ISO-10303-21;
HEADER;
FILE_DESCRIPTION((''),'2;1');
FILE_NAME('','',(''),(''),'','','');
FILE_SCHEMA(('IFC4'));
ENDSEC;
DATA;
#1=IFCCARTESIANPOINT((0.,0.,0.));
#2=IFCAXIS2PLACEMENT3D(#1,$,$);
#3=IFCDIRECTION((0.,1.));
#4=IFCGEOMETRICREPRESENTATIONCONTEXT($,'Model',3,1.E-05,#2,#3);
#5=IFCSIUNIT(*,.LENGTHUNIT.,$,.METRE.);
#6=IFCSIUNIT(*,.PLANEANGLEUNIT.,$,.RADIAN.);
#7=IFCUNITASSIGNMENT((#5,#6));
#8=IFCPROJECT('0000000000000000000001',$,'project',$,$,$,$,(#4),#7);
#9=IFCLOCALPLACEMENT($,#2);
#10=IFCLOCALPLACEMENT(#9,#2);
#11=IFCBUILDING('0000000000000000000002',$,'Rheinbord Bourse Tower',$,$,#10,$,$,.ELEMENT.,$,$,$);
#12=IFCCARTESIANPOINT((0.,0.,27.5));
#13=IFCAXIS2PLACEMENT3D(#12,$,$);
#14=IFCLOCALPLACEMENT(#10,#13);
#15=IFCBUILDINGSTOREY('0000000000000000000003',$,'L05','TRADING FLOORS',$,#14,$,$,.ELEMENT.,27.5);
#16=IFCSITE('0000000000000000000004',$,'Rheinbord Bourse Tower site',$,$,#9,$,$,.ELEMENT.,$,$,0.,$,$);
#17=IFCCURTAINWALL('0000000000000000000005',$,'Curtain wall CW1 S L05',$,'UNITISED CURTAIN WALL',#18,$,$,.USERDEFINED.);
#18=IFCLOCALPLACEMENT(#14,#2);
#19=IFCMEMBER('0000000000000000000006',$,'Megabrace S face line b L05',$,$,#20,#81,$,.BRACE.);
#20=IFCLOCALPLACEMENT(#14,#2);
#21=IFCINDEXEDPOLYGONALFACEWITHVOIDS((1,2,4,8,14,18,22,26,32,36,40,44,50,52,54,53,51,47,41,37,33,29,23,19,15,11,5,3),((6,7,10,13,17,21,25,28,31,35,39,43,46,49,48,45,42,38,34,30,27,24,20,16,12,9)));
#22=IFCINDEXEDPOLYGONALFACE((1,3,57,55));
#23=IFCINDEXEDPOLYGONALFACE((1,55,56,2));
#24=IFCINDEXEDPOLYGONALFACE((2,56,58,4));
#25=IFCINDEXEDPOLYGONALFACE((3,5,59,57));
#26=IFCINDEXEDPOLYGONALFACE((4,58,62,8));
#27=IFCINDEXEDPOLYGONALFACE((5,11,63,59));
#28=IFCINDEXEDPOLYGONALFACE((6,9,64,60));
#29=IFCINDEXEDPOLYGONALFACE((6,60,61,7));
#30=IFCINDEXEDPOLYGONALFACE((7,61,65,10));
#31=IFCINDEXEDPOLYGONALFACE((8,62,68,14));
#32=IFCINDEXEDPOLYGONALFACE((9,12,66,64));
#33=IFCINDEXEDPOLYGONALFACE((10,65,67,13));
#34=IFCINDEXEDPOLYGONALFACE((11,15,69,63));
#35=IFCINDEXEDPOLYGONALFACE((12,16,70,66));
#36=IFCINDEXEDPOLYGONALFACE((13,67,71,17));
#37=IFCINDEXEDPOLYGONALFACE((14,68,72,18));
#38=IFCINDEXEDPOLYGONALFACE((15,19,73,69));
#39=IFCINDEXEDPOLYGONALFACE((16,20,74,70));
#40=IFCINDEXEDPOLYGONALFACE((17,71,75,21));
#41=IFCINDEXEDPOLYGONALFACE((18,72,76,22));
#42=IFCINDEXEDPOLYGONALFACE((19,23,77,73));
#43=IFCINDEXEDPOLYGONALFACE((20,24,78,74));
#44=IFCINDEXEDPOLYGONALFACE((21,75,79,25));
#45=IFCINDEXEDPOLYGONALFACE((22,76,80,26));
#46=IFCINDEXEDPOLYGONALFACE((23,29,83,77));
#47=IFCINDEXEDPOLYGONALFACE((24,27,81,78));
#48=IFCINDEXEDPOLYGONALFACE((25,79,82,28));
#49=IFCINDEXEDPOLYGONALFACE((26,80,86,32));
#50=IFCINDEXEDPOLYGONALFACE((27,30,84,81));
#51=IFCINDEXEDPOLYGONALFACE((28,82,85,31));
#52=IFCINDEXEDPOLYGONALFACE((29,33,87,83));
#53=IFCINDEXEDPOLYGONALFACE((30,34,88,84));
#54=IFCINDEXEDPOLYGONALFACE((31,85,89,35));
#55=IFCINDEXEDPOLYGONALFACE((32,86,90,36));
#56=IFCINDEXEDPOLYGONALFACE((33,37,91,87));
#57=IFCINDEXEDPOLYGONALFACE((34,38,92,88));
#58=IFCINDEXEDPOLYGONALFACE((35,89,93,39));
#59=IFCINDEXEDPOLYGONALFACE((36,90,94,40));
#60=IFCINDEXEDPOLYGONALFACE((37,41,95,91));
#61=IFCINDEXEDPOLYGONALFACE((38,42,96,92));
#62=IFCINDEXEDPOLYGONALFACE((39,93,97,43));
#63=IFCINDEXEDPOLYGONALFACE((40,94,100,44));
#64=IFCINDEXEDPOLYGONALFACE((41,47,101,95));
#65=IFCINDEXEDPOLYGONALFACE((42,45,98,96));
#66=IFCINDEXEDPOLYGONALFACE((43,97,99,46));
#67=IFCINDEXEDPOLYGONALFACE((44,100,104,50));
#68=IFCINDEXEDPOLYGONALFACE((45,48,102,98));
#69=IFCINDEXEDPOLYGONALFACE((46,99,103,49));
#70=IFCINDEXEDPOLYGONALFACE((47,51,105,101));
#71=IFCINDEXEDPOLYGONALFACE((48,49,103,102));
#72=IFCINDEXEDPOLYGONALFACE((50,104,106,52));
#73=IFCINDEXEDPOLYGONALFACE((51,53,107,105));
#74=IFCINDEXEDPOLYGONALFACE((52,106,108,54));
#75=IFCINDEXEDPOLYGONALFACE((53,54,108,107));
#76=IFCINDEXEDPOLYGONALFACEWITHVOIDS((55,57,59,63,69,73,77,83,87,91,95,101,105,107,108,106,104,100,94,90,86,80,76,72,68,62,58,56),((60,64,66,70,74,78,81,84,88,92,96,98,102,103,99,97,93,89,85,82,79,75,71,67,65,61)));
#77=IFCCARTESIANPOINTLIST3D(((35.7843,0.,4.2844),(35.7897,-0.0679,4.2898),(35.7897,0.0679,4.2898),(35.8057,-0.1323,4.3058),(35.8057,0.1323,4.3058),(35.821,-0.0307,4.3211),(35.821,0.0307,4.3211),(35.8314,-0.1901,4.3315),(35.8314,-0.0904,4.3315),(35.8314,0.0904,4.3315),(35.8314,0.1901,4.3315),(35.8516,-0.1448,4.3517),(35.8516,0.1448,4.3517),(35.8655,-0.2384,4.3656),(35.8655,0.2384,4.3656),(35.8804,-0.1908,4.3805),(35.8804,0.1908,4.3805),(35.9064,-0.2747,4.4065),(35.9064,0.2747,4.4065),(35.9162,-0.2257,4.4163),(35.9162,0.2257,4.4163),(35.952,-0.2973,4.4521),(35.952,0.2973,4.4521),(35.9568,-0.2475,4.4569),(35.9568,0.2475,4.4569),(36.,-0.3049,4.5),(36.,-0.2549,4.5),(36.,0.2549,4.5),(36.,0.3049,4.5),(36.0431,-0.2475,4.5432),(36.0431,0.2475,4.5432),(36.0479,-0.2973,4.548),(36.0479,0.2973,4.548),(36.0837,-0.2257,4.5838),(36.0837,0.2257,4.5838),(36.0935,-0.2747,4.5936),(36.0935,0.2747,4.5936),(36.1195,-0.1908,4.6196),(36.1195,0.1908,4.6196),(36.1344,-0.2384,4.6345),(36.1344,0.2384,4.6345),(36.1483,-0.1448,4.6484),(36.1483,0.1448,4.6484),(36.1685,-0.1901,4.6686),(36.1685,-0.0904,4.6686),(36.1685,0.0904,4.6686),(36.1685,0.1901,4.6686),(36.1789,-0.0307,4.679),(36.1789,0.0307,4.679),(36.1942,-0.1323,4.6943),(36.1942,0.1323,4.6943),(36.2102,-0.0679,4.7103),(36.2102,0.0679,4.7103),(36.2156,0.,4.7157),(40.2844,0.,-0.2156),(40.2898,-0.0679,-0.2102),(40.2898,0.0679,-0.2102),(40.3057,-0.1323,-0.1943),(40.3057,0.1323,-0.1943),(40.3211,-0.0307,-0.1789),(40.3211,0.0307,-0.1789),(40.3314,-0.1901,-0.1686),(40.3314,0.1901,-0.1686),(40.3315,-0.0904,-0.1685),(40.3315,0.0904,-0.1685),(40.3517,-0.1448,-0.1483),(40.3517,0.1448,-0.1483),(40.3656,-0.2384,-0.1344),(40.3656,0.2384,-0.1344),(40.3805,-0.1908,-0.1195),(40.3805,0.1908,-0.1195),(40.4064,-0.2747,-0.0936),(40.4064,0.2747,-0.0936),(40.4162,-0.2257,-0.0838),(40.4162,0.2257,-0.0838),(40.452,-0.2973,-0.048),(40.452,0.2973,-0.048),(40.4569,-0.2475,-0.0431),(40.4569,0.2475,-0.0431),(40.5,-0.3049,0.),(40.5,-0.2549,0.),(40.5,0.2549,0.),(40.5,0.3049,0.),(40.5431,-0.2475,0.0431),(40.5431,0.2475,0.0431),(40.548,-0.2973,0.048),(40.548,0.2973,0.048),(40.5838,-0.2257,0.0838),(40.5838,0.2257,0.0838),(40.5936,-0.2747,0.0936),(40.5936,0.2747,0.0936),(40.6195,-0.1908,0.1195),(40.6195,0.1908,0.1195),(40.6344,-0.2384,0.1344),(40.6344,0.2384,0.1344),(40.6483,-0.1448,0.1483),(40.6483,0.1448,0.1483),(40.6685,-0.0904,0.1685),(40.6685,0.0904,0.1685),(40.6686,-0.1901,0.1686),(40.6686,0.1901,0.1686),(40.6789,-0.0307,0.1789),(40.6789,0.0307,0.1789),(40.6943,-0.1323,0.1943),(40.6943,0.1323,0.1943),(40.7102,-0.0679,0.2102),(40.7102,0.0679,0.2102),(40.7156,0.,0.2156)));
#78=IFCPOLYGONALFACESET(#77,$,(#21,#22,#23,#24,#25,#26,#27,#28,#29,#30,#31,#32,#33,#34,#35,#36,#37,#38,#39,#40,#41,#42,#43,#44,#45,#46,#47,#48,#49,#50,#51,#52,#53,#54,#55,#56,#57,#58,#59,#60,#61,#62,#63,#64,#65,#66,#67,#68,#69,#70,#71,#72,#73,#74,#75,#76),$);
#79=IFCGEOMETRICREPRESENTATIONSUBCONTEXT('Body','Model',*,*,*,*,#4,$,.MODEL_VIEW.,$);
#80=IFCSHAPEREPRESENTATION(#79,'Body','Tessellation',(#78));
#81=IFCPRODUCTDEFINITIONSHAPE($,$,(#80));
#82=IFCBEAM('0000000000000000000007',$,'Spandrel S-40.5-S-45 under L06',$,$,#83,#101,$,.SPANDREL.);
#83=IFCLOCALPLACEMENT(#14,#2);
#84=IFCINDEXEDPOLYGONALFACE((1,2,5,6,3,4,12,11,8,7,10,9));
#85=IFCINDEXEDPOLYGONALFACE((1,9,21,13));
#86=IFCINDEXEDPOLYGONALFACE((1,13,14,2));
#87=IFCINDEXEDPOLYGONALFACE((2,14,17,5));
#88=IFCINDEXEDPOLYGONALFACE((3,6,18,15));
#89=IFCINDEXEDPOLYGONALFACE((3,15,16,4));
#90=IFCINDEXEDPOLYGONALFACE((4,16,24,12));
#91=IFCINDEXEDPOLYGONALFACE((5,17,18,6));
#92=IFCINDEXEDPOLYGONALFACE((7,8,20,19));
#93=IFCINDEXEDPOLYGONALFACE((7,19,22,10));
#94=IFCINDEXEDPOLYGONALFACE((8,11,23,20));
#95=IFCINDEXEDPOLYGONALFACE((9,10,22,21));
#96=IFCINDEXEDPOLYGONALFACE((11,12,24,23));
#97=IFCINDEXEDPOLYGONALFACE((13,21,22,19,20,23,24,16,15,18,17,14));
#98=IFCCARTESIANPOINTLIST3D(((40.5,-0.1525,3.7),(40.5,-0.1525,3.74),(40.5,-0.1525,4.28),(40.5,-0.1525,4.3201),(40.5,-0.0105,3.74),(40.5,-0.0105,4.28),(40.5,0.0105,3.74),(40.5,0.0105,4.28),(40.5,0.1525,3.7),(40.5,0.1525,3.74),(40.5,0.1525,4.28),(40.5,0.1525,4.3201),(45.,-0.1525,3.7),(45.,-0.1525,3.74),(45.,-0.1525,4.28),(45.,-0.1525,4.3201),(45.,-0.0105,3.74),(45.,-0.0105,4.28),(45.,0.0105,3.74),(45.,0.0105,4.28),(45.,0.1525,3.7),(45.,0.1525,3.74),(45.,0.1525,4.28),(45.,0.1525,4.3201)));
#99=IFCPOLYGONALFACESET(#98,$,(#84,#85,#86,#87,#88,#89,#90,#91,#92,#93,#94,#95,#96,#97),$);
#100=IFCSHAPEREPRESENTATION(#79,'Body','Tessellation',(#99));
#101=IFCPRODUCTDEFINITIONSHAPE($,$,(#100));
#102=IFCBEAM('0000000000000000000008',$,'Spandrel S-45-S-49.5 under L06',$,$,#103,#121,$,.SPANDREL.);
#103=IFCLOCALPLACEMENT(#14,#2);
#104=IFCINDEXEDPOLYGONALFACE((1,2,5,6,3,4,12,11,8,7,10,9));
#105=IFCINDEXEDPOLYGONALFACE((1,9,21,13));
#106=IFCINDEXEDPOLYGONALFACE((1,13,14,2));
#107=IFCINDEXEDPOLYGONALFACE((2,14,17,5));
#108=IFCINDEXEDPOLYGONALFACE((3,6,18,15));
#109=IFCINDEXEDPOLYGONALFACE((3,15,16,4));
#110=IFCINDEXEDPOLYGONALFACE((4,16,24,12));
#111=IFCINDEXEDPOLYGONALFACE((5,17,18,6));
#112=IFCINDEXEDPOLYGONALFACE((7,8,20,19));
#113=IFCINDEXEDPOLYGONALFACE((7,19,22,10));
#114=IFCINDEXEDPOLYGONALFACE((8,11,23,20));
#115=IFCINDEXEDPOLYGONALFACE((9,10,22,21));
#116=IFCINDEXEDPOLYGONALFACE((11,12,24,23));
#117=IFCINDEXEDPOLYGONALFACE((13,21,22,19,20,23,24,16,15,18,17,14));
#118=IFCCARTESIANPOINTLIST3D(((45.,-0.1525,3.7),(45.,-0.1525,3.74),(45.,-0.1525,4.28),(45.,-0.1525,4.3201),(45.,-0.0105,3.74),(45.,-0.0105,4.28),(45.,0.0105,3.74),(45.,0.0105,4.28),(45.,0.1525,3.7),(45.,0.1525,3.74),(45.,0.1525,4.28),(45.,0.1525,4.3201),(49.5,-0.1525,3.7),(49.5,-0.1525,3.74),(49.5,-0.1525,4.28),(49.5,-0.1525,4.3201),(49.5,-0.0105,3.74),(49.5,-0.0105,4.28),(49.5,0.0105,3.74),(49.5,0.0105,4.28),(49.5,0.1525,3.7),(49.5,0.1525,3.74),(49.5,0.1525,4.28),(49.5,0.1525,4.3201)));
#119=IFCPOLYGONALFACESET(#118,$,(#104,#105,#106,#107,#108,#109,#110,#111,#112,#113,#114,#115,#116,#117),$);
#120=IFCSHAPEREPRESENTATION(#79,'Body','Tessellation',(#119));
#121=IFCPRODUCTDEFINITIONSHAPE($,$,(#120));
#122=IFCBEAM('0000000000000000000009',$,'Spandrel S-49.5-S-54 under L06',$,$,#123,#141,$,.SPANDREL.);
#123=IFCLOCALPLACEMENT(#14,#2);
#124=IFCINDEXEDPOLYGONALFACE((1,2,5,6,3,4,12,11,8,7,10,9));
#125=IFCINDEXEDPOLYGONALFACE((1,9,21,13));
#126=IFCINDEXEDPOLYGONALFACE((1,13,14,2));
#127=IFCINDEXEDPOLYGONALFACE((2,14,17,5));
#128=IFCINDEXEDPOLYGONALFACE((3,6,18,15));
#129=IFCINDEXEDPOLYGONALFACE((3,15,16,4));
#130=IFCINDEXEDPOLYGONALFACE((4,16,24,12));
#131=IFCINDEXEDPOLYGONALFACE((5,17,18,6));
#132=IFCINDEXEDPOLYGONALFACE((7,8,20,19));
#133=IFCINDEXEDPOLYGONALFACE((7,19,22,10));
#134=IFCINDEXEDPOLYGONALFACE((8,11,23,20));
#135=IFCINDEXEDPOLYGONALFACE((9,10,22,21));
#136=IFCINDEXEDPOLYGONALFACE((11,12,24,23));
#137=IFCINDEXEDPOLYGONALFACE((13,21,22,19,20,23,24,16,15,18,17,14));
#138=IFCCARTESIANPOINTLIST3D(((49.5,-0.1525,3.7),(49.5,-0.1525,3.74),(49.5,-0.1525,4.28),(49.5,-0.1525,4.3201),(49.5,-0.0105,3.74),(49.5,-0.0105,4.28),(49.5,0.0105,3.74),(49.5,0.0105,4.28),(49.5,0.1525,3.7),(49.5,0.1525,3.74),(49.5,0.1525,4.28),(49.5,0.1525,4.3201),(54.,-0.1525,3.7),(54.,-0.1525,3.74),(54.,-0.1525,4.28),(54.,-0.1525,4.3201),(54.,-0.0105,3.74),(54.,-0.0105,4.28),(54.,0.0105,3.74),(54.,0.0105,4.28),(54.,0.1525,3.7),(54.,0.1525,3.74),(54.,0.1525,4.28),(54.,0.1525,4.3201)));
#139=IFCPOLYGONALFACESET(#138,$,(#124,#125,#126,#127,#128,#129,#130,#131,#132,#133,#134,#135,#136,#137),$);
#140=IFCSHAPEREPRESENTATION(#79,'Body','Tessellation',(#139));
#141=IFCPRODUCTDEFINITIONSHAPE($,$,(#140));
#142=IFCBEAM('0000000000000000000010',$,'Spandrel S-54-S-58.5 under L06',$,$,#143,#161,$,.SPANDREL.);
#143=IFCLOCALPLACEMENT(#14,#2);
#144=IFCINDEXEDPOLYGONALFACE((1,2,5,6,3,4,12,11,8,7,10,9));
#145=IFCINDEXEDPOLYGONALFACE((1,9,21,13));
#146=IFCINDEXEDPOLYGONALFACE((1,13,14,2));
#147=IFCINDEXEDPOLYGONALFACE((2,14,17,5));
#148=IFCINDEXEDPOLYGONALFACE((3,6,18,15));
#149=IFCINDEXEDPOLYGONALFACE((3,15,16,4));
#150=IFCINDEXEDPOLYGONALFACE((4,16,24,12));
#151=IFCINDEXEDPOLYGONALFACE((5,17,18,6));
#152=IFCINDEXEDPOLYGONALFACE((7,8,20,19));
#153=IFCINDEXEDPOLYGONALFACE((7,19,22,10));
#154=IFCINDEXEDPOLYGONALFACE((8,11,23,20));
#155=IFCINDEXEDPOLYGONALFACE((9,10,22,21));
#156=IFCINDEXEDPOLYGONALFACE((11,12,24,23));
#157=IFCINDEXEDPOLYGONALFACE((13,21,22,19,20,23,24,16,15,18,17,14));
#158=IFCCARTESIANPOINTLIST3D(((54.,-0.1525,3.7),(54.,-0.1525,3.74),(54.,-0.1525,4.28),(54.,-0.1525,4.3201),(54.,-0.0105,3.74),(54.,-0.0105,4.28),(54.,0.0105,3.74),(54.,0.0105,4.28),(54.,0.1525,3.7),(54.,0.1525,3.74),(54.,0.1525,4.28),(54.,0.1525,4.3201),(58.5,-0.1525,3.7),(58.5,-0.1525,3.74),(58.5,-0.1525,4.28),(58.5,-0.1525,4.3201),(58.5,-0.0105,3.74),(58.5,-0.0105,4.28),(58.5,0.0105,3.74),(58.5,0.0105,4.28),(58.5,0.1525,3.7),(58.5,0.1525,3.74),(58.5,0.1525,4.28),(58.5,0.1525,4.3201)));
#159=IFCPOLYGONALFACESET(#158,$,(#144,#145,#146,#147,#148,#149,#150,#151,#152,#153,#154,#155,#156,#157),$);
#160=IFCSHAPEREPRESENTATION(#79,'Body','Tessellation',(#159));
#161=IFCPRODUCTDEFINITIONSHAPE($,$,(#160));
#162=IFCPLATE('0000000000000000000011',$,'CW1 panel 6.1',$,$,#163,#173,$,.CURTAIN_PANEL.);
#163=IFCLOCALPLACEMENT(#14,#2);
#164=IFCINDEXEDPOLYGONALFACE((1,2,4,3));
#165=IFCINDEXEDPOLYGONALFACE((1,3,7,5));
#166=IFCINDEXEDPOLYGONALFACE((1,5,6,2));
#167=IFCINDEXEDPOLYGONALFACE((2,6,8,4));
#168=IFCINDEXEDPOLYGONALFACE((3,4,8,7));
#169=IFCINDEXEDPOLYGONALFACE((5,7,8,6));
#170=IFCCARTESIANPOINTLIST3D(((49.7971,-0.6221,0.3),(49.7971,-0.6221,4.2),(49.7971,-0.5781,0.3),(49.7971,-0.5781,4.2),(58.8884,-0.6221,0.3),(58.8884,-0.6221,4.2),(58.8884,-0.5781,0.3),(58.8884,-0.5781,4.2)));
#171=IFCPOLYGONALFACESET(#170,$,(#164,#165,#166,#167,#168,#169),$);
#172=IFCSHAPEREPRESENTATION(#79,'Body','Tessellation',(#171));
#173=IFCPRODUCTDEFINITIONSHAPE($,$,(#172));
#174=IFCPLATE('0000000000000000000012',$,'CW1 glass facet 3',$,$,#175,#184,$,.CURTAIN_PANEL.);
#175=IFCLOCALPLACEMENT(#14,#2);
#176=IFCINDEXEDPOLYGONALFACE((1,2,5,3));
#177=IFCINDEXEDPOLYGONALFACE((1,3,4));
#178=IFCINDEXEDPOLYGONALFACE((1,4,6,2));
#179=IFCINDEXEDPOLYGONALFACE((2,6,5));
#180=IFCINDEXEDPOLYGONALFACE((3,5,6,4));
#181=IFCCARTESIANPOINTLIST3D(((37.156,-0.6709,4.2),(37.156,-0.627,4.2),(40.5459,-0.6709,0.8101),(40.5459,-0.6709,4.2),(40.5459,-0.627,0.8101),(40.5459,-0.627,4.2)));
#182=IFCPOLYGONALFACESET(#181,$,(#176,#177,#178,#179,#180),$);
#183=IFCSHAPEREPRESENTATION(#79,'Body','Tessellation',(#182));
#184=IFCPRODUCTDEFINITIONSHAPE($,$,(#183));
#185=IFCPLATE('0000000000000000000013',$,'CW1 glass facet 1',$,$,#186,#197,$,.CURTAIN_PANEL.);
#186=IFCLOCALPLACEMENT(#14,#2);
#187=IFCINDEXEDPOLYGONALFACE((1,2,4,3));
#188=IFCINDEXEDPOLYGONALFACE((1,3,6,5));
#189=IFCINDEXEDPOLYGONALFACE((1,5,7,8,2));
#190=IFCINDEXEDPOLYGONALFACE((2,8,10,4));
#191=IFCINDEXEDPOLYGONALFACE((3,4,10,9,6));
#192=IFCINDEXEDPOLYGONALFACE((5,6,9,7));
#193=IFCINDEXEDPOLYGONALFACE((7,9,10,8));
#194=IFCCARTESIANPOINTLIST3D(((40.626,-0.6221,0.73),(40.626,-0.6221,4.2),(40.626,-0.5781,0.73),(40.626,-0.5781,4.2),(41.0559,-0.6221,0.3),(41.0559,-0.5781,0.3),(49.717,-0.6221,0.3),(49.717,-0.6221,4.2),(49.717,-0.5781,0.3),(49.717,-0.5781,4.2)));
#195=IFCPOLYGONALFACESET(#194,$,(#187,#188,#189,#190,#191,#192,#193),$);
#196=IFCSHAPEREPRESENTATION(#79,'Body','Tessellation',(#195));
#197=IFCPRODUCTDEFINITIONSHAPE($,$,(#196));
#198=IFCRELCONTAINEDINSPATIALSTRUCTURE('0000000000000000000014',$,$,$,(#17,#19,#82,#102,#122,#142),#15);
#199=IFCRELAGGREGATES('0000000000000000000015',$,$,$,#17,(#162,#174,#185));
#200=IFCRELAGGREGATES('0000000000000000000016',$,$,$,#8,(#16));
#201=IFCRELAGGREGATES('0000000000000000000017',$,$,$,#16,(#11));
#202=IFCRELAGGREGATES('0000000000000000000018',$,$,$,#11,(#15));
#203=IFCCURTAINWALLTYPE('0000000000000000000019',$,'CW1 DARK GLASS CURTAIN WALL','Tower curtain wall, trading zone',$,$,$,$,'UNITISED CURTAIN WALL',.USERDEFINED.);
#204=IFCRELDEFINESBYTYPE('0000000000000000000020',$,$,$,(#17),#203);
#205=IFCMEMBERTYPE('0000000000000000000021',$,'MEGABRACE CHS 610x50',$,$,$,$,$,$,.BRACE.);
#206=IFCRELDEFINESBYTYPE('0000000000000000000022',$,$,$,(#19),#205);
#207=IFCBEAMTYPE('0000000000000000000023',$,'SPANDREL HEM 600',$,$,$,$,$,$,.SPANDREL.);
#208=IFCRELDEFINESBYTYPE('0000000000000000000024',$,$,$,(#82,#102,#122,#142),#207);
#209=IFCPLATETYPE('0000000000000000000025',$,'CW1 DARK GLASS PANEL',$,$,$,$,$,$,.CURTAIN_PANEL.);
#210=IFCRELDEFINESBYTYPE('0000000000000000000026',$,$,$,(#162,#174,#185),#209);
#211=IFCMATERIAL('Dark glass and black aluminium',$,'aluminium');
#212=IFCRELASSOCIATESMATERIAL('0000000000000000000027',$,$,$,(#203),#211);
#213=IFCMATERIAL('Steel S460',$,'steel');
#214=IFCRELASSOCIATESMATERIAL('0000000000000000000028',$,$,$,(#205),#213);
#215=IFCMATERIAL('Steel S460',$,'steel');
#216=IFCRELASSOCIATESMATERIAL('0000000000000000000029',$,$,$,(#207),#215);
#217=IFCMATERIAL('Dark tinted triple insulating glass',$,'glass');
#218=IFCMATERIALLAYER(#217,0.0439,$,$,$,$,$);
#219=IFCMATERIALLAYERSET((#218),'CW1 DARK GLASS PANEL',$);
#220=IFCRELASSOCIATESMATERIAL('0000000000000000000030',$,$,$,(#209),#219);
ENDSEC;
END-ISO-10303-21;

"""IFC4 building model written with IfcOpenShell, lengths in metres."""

from ifc_helpers import new_model, si_unit, direction, frame, origin, origin_2d, place, context, subcontext, project, spatial, polyline, rectangle, hollow_circle, i_section, outline, extrude, material, layer, layer_set, material_profile, profile_set, type_object, element, aggregate, save


model = new_model("IFC4")

# Units and contexts
model_context = context("Model", 3, precision=1e-05, world=origin(), true_north=direction((0.0, 1.0)))
body_context = subcontext(model_context, "Body", "Model", "MODEL_VIEW")
ifc_project = project(units=[si_unit("LENGTHUNIT", "METRE"), si_unit("PLANEANGLEUNIT", "RADIAN")], contexts=[model_context])

# Site, building, storey
site_placement = place(None, origin())
site = spatial("IfcSite", under=ifc_project, at=site_placement, Name="Rheinbord Bourse Tower site", CompositionType="ELEMENT", RefElevation=0.0)
building_placement = place(site_placement, origin())
building = spatial("IfcBuilding", under=site, at=building_placement, Name="Rheinbord Bourse Tower", CompositionType="ELEMENT")
storey_placement = place(building_placement, frame((0.0, 0.0, 27.5)))
storey = spatial("IfcBuildingStorey", under=building, at=storey_placement, Name="L05", Description="TRADING FLOORS", CompositionType="ELEMENT", Elevation=27.5)

# Curtain wall
ifc_material_1 = material(Name="Dark glass and black aluminium", Category="aluminium")
curtain_wall_type = type_object("IfcCurtainWallType", Name="CW1 DARK GLASS CURTAIN WALL", Description="Tower curtain wall, trading zone", ElementType="UNITISED CURTAIN WALL", PredefinedType="USERDEFINED", material=ifc_material_1)
curtain_wall_placement = place(storey_placement, origin())
curtain_wall = element("IfcCurtainWall", 1, at=curtain_wall_placement, inside=storey, type_object=curtain_wall_type, Name="Curtain wall CW1 S L05", ObjectType="UNITISED CURTAIN WALL", PredefinedType="USERDEFINED")

# Member
ifc_material_2 = material(Name="Steel S460", Category="steel")
ifc_material_profile_1 = material_profile(ifc_material_2, hollow_circle(Radius=0.3049, WallThickness=0.05, at=origin_2d()), Name="CHS 610x50")
ifc_profile_set_1 = profile_set([ifc_material_profile_1], Name="Steel S460")
member_type_1 = type_object("IfcMemberType", Name="MEGABRACE CHS 610x50", PredefinedType="BRACE", material=ifc_profile_set_1)
member_1_placement = place(storey_placement, frame((40.5, 0.0, 0.0), z_axis=(-0.707107, 0.0, 0.707107), x_axis=(0.0, -1.0, 0.0)))
element("IfcMember", 2, at=member_1_placement, inside=storey, type_object=member_type_1, Name="Megabrace S face line b L05", PredefinedType="BRACE", context=body_context, shape_type="SweptSolid", body=[
    extrude(hollow_circle(Radius=0.3049, WallThickness=0.05, at=origin_2d()), origin(), (0.0, 0.0, 1.0), 6.364),
])

# Beams
ifc_material_3 = material(Name="Steel S460", Category="steel")
ifc_material_profile_2 = material_profile(ifc_material_3, i_section(OverallWidth=0.3049, OverallDepth=0.6201, WebThickness=0.021, FlangeThickness=0.04, at=origin_2d()), Name="HEM 600")
ifc_profile_set_2 = profile_set([ifc_material_profile_2], Name="Steel S460")
beam_type_1 = type_object("IfcBeamType", Name="SPANDREL HEM 600", PredefinedType="SPANDREL", material=ifc_profile_set_2)
for number, where, z_axis, x_axis, name in (
    (3, (40.5, 0.0, 4.01), (1.0, 0.0, 0.0), (0.0, 1.0, 0.0), "Spandrel S-40.5-S-45 under L06"),
    (4, (45.0, 0.0, 4.01), (1.0, 0.0, 0.0), (0.0, 1.0, 0.0), "Spandrel S-45-S-49.5 under L06"),
    (5, (49.5, 0.0, 4.01), (1.0, 0.0, 0.0), (0.0, 1.0, 0.0), "Spandrel S-49.5-S-54 under L06"),
    (6, (54.0, 0.0, 4.01), (1.0, 0.0, 0.0), (0.0, 1.0, 0.0), "Spandrel S-54-S-58.5 under L06"),
):
    element("IfcBeam", number, at=place(storey_placement, frame(where, z_axis=z_axis, x_axis=x_axis)), inside=storey, type_object=beam_type_1, Name=name, PredefinedType="SPANDREL", context=body_context, shape_type="SweptSolid", body=[
        extrude(i_section(OverallWidth=0.3049, OverallDepth=0.6201, WebThickness=0.021, FlangeThickness=0.04, at=origin_2d()), origin(), (0.0, 0.0, 1.0), 4.5),
    ])

# Plates
ifc_material_4 = material(Name="Dark tinted triple insulating glass", Category="glass")
ifc_layer_1 = layer(ifc_material_4, 0.0439)
ifc_layer_set_1 = layer_set([ifc_layer_1], Name="CW1 DARK GLASS PANEL")
plate_type = type_object("IfcPlateType", Name="CW1 DARK GLASS PANEL", PredefinedType="CURTAIN_PANEL", material=ifc_layer_set_1)
plate_1_placement = place(storey_placement, frame((54.3428, -0.6001, 0.3), z_axis=(0.0, 0.0, 1.0), x_axis=(1.0, 0.0, 0.0)))
plate_1 = element("IfcPlate", 7, at=plate_1_placement, type_object=plate_type, Name="CW1 panel 6.1", PredefinedType="CURTAIN_PANEL", context=body_context, shape_type="SweptSolid", body=[
    extrude(rectangle(XDim=9.0913, YDim=0.0439, at=origin_2d()), origin(), (0.0, 0.0, 1.0), 3.8999),
])
plate_2_placement = place(storey_placement, frame((40.5459, -0.6709, 4.2), z_axis=(0.0, 1.0, 0.0), x_axis=(0.0, 0.0, -1.0)))
plate_2 = element("IfcPlate", 8, at=plate_2_placement, type_object=plate_type, Name="CW1 glass facet 3", PredefinedType="CURTAIN_PANEL", context=body_context, shape_type="SweptSolid", body=[
    extrude(outline(polyline([(0.0, 0.0), (3.3899, 0.0), (0.0, 3.3899), (0.0, 0.0)])), origin(), (0.0, 0.0, 1.0), 0.0439),
])
plate_3_placement = place(storey_placement, frame((40.626, -0.6221, 4.2), z_axis=(0.0, 1.0, 0.0), x_axis=(1.0, 0.0, 0.0)))
plate_3 = element("IfcPlate", 9, at=plate_3_placement, type_object=plate_type, Name="CW1 glass facet 1", PredefinedType="CURTAIN_PANEL", context=body_context, shape_type="SweptSolid", body=[
    extrude(outline(polyline([(0.0, 0.0), (9.0911, 0.0), (9.0911, 3.8999), (0.4299, 3.8999), (0.0, 3.47), (0.0, 0.0)])), origin(), (0.0, 0.0, 1.0), 0.0439),
])
aggregate(curtain_wall, [plate_1, plate_2, plate_3])

save(model, "model.ifc")
